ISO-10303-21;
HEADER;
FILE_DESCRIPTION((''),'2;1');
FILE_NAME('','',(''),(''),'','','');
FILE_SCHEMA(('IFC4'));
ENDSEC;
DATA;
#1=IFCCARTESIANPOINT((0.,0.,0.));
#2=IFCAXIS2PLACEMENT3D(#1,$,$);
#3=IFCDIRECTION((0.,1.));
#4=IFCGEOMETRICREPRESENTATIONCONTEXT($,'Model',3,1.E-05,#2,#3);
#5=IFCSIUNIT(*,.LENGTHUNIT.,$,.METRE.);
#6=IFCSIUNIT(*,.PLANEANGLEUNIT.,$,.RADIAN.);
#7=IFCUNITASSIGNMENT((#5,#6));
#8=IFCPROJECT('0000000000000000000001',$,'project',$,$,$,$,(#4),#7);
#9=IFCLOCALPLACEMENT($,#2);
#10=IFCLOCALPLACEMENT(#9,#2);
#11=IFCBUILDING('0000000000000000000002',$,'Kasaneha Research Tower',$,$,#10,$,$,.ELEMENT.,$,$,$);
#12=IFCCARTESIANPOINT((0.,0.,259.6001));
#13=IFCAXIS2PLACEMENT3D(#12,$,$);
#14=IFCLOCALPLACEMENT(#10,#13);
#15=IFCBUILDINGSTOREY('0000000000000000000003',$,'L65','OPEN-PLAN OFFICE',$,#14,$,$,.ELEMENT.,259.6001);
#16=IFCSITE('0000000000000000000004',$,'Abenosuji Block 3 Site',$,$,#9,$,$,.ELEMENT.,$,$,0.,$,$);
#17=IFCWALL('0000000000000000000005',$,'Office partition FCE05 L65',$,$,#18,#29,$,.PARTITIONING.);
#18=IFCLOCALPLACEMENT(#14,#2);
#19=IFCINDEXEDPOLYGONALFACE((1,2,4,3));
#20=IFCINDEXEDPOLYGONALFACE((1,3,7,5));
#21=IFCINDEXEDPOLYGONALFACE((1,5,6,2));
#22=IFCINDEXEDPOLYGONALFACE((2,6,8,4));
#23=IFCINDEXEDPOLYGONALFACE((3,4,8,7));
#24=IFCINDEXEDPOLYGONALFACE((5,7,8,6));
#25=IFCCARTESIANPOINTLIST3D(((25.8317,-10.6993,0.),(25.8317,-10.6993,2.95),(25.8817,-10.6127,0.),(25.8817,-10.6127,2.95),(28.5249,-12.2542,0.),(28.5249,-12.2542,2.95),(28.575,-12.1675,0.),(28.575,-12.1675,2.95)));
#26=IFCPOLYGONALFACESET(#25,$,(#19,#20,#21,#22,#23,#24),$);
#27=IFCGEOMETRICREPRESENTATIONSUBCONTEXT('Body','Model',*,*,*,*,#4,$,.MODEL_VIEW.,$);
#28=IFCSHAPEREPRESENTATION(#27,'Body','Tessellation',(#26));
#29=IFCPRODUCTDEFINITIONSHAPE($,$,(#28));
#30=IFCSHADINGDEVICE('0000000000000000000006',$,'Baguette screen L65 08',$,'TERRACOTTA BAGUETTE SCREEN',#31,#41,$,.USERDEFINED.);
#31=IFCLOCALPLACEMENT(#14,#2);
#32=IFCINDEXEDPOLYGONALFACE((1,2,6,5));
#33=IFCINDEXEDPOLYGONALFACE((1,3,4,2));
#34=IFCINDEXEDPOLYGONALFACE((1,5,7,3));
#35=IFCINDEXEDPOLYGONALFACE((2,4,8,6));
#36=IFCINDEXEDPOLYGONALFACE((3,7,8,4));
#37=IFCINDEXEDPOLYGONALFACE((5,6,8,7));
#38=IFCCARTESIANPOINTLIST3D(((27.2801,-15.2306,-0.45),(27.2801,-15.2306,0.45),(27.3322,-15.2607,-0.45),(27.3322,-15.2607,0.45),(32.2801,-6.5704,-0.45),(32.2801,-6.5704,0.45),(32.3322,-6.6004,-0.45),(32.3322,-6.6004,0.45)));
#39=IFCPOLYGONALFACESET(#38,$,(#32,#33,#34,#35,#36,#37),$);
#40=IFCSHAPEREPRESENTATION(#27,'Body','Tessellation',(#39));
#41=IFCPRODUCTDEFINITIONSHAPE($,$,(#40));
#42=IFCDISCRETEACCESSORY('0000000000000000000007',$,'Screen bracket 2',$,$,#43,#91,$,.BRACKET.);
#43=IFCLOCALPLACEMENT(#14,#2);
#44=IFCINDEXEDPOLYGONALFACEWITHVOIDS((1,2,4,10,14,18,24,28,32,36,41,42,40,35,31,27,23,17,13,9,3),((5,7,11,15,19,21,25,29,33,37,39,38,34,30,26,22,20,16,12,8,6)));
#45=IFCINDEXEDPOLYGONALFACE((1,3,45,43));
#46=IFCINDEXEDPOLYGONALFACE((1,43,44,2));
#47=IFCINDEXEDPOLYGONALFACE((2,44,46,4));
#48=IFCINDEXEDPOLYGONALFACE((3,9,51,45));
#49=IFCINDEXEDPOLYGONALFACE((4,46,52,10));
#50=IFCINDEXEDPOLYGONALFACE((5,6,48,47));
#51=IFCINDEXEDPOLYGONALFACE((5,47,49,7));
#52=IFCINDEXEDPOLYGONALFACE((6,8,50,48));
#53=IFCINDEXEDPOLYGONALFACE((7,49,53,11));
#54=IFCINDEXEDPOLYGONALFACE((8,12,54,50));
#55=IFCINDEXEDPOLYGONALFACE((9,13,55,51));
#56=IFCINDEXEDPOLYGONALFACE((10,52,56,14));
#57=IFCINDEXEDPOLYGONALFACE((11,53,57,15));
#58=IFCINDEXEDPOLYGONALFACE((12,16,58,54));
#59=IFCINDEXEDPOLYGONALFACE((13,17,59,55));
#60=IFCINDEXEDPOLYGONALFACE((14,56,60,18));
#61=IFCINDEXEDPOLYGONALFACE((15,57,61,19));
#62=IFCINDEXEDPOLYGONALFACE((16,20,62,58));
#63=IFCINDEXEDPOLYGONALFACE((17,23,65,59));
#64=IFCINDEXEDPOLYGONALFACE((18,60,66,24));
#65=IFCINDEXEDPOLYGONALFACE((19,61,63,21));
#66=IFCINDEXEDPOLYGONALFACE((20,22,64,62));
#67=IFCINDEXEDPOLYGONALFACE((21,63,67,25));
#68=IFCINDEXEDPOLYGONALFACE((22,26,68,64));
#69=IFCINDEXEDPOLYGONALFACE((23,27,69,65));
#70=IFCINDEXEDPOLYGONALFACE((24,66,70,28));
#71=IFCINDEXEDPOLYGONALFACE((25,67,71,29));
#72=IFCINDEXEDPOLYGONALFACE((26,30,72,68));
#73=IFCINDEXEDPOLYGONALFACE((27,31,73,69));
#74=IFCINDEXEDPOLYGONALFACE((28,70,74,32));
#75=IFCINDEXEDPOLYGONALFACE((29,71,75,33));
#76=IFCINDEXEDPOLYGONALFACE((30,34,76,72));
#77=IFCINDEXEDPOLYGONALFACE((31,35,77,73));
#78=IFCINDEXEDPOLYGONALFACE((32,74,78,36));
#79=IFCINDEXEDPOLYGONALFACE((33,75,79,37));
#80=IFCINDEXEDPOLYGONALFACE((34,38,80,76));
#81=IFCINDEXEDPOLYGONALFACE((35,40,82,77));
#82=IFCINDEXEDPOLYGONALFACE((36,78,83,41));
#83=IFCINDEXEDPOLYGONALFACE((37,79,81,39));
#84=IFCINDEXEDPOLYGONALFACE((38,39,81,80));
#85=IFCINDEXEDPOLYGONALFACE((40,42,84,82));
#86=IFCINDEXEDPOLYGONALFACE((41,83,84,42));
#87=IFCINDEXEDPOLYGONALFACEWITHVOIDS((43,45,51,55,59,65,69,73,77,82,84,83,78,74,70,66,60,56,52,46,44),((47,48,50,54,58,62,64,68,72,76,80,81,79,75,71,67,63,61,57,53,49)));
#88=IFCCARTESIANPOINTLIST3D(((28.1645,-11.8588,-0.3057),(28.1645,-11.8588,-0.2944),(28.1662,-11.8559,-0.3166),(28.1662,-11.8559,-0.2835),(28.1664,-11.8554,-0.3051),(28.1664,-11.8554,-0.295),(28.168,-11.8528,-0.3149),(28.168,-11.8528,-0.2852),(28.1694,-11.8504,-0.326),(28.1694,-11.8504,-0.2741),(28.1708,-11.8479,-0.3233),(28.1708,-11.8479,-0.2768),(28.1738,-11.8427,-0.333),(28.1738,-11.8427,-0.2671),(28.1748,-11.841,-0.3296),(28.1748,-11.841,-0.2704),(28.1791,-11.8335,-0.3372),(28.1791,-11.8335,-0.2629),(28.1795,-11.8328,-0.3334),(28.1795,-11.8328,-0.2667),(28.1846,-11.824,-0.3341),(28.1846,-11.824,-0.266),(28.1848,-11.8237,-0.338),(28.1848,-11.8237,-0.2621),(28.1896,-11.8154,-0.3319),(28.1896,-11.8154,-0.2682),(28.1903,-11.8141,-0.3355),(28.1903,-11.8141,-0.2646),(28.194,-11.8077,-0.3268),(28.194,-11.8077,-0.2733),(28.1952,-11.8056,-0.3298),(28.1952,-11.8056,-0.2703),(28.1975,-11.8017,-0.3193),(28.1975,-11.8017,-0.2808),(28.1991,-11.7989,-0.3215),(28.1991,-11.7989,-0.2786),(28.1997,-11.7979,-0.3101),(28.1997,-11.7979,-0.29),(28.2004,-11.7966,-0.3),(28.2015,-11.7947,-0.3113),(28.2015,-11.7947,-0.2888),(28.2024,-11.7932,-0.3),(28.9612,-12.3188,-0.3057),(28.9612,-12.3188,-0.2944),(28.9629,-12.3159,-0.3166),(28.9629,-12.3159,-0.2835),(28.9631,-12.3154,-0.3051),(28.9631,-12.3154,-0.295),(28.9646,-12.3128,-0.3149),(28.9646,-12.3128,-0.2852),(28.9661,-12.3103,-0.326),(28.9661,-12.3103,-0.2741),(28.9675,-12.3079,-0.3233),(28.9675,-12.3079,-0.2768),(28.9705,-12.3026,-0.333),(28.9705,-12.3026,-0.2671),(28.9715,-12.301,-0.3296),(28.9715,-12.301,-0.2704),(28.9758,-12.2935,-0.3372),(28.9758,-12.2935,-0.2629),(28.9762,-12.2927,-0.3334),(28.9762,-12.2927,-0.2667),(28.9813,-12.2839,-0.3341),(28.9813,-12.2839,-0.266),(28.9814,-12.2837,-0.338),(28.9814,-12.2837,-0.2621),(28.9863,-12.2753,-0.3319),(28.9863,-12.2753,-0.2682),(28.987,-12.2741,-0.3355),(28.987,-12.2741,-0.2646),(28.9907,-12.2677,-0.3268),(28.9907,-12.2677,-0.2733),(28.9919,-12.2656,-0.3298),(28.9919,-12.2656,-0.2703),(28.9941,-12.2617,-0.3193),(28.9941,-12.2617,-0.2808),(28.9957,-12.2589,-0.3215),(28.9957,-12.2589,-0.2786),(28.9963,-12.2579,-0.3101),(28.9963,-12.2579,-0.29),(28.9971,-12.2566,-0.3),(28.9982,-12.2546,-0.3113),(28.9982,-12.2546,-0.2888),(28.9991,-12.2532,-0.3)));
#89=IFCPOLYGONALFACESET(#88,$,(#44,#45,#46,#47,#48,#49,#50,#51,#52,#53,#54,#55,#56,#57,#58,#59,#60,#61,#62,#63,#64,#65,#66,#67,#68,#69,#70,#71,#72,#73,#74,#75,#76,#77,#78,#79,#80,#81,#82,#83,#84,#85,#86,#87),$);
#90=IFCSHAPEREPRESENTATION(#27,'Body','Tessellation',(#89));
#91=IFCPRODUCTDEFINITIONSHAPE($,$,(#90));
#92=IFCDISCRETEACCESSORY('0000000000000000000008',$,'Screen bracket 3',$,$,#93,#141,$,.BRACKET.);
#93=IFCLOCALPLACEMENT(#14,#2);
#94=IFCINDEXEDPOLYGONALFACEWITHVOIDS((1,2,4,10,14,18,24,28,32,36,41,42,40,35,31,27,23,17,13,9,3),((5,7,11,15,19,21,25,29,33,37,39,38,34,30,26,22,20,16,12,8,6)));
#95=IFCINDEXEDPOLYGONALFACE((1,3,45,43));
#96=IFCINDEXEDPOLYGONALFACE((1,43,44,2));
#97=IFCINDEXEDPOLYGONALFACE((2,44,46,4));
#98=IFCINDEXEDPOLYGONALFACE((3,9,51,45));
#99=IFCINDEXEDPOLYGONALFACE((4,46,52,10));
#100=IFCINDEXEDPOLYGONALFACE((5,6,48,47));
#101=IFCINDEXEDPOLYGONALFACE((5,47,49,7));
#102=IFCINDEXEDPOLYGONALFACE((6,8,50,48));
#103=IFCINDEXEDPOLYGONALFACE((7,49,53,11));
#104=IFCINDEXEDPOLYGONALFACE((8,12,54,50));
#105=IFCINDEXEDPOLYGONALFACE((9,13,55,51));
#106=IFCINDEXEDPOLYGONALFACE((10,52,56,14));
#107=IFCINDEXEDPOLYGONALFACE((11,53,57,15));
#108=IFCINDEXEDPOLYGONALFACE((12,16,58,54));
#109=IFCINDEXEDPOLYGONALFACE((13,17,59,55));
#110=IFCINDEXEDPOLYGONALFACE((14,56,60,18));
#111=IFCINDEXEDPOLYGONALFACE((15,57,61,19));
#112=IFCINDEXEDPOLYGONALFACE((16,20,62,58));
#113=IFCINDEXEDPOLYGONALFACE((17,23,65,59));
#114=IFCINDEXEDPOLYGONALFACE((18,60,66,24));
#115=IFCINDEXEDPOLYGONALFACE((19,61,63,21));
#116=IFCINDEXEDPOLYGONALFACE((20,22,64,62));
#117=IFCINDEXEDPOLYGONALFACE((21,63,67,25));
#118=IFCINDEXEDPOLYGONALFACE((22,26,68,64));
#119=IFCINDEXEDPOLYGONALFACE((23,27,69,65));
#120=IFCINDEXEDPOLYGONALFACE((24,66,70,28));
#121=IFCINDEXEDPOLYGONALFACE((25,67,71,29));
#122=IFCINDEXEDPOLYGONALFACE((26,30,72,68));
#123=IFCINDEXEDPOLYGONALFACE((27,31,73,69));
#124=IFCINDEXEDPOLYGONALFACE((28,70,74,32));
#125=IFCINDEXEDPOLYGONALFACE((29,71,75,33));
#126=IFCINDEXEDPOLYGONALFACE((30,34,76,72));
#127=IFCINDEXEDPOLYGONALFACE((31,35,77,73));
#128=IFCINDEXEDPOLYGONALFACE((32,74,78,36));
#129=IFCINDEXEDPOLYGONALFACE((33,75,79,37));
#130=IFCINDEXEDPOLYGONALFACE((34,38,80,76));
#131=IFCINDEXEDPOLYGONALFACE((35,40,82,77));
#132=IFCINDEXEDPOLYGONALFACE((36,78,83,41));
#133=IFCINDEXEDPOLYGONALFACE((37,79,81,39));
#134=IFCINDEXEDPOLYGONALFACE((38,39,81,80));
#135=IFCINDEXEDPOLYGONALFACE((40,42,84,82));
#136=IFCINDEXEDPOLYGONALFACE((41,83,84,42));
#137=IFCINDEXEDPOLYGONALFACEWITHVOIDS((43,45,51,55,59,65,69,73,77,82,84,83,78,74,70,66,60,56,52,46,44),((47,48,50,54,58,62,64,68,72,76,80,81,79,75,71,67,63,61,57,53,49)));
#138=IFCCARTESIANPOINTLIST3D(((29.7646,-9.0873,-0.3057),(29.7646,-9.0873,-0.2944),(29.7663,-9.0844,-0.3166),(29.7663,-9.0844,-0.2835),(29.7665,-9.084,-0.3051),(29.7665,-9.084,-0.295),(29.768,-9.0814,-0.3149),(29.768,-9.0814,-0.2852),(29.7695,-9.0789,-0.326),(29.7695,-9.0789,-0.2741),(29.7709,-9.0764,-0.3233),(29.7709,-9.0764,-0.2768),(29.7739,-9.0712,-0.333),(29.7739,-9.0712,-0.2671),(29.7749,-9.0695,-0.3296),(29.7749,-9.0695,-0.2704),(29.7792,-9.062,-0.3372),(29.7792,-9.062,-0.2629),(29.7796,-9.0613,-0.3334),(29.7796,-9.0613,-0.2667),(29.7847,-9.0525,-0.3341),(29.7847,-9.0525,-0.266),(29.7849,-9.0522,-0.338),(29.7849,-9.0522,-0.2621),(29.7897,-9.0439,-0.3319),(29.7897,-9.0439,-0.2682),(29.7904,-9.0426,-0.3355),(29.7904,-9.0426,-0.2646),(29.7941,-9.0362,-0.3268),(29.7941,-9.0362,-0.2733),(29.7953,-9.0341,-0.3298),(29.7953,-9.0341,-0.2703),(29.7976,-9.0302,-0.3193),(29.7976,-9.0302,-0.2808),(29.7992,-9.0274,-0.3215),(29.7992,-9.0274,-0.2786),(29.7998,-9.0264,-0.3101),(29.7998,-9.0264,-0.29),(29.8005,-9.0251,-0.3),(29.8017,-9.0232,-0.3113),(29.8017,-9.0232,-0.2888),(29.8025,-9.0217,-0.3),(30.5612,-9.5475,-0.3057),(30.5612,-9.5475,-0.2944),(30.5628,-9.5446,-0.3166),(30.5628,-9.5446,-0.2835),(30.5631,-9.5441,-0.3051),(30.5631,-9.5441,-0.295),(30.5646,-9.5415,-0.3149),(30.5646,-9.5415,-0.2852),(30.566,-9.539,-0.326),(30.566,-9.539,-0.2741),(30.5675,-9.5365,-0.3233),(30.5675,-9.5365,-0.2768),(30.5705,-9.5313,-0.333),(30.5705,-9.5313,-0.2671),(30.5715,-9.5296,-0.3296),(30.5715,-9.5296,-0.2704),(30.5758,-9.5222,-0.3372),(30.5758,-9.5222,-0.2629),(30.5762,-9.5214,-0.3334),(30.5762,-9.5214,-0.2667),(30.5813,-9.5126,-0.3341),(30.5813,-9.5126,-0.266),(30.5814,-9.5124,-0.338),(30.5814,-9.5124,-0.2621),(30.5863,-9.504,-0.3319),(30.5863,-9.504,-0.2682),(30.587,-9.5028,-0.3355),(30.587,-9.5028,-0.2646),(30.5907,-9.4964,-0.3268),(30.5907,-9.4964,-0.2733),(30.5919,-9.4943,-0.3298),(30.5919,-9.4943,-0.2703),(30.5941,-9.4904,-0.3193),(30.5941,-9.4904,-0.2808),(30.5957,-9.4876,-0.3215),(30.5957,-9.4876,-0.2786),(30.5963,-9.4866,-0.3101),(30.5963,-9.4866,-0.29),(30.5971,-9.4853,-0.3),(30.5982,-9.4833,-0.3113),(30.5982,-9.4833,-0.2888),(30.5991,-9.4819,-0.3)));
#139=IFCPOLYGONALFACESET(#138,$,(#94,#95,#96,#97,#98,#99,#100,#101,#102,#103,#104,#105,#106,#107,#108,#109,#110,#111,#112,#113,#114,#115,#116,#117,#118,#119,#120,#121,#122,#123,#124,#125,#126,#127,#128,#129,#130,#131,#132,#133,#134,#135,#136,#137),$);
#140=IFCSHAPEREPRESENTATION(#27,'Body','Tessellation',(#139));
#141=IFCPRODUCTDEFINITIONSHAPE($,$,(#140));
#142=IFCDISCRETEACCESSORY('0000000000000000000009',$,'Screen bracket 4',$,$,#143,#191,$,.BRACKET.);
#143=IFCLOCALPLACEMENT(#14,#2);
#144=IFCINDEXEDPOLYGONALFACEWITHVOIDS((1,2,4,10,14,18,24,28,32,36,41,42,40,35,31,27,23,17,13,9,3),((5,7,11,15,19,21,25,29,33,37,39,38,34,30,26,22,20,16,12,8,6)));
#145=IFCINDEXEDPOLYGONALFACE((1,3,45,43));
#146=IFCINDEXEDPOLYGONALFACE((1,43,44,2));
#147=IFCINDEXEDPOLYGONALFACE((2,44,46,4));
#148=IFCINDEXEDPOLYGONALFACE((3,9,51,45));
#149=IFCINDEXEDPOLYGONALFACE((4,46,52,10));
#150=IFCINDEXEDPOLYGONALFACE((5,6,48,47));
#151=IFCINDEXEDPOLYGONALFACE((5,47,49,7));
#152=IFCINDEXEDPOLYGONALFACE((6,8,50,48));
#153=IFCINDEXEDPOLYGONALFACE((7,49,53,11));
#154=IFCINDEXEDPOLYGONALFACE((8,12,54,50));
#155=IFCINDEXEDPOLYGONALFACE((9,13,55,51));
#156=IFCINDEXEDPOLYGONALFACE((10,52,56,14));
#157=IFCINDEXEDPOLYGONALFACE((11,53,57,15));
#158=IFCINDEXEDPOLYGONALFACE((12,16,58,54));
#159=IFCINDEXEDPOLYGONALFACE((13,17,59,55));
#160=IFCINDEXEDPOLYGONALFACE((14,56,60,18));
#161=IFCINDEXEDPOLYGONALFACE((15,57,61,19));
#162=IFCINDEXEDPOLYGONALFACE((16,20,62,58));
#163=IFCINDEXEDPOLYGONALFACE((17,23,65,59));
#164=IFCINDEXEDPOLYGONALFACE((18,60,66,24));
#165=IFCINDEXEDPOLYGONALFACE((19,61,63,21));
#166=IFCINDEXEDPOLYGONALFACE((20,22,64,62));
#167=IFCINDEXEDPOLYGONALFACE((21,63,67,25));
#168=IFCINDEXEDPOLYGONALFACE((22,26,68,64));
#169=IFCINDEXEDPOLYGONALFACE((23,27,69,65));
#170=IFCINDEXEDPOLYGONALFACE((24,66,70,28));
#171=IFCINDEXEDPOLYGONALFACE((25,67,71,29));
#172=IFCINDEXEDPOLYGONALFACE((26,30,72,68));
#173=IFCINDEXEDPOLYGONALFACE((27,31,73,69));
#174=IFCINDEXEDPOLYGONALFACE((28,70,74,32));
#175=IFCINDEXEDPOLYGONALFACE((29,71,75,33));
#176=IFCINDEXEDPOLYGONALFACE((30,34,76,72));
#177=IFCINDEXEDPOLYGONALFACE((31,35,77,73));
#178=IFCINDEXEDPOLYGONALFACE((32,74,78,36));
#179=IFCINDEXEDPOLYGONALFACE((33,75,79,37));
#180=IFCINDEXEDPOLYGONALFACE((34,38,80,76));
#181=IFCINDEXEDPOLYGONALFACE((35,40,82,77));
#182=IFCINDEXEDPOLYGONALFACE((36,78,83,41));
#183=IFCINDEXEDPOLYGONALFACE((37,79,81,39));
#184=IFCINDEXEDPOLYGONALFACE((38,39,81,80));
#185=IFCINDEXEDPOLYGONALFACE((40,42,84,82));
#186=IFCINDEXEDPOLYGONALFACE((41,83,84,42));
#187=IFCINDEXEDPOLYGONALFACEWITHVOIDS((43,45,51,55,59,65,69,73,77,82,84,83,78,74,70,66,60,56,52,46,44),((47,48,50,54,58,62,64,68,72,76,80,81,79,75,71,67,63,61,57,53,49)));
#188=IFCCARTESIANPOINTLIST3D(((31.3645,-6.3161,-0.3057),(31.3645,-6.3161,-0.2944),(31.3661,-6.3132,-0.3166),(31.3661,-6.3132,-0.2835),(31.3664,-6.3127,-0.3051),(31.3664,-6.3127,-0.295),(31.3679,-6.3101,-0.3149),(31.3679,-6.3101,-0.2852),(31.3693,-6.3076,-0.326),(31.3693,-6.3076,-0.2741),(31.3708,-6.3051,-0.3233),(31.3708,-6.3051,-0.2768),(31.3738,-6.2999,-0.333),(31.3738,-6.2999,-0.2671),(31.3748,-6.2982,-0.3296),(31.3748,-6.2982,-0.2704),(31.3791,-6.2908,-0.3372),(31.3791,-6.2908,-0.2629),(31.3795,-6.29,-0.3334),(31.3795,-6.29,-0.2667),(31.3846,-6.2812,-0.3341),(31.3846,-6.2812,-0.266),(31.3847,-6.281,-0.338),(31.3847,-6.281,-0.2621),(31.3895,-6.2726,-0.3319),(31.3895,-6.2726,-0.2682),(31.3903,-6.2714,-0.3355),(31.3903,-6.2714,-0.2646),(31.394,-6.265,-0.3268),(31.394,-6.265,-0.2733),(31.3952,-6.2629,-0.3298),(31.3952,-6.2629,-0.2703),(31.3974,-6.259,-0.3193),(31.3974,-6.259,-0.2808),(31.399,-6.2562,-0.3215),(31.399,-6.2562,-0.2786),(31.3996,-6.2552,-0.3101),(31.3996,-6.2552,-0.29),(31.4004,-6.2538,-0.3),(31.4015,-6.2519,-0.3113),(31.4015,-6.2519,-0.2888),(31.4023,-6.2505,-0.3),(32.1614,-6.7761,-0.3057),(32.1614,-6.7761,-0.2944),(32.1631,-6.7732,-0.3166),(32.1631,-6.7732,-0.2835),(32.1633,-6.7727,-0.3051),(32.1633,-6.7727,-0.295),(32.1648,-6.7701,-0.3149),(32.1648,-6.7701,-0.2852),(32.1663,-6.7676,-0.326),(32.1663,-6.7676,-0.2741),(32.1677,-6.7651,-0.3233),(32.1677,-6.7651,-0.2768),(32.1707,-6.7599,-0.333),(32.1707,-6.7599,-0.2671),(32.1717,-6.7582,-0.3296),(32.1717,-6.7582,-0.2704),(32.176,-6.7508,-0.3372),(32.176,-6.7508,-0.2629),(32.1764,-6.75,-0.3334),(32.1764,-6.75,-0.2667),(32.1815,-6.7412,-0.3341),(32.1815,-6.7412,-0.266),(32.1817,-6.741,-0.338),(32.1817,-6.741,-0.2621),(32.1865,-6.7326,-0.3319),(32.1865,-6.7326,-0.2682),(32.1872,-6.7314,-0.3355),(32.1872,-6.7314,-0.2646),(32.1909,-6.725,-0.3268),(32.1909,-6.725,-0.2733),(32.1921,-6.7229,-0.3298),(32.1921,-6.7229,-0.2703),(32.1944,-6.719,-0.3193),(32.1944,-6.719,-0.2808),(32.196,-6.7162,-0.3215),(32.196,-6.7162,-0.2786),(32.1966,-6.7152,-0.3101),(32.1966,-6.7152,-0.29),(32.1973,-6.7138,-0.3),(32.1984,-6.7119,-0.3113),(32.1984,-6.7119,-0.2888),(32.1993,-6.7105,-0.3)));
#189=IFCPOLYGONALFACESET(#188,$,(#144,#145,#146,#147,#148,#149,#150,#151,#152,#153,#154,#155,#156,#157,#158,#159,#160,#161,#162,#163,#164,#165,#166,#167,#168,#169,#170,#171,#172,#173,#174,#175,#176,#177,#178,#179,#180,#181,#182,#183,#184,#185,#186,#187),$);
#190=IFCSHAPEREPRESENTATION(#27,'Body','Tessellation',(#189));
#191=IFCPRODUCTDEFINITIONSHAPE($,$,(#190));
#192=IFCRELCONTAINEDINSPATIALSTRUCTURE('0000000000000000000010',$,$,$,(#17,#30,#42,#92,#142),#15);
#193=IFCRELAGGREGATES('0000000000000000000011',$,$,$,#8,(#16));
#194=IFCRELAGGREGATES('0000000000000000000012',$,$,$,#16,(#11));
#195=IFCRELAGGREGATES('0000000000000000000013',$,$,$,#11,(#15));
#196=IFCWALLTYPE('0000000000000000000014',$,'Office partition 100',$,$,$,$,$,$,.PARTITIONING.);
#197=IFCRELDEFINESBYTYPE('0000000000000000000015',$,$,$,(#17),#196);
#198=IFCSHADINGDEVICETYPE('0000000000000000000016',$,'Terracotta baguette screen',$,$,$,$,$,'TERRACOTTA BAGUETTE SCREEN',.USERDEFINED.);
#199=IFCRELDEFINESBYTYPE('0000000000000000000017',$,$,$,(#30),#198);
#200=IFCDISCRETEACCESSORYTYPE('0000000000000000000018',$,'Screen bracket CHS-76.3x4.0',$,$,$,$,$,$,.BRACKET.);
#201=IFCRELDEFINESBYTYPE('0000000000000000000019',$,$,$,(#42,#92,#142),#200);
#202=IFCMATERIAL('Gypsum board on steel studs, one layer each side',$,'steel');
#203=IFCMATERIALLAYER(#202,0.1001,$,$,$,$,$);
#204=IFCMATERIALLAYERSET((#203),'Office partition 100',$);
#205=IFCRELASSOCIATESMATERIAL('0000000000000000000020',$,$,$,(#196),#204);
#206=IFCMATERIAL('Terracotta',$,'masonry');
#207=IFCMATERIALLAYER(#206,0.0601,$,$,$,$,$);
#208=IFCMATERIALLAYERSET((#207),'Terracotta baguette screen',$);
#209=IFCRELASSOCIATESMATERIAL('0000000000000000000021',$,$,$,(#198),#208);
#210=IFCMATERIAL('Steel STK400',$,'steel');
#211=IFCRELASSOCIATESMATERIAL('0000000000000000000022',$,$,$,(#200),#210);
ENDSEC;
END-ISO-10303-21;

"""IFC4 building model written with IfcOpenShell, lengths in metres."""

from ifc_helpers import new_model, si_unit, direction, frame, frame_2d, origin, origin_2d, place, context, subcontext, project, spatial, rectangle, hollow_circle, extrude, material, layer, layer_set, material_profile, profile_set, type_object, element, save


model = new_model("IFC4")

# Units and contexts
model_context = context("Model", 3, precision=1e-05, world=origin(), true_north=direction((0.0, 1.0)))
body_context = subcontext(model_context, "Body", "Model", "MODEL_VIEW")
ifc_project = project(units=[si_unit("LENGTHUNIT", "METRE"), si_unit("PLANEANGLEUNIT", "RADIAN")], contexts=[model_context])

# Site, building, storey
site_placement = place(None, origin())
site = spatial("IfcSite", under=ifc_project, at=site_placement, Name="Abenosuji Block 3 Site", CompositionType="ELEMENT", RefElevation=0.0)
building_placement = place(site_placement, origin())
building = spatial("IfcBuilding", under=site, at=building_placement, Name="Kasaneha Research Tower", CompositionType="ELEMENT")
storey_placement = place(building_placement, frame((0.0, 0.0, 259.6001)))
storey = spatial("IfcBuildingStorey", under=building, at=storey_placement, Name="L65", Description="OPEN-PLAN OFFICE", CompositionType="ELEMENT", Elevation=259.6001)

# Shared definitions
ifc_material_1 = material(Name="Gypsum board on steel studs, one layer each side", Category="steel")
ifc_layer_1 = layer(ifc_material_1, 0.1001)
ifc_layer_set_1 = layer_set([ifc_layer_1], Name="Office partition 100")
wall_type = type_object("IfcWallType", Name="Office partition 100", PredefinedType="PARTITIONING", material=ifc_layer_set_1)

# Wall
wall_1_placement = place(storey_placement, frame((25.8567, -10.656, 0.0), z_axis=(0.0, 0.0, 1.0), x_axis=(0.866037, -0.499981, 0.0)))
element("IfcWall", 1, at=wall_1_placement, inside=storey, type_object=wall_type, Name="Office partition FCE05 L65", PredefinedType="PARTITIONING", context=body_context, shape_type="SweptSolid", body=[
    extrude(rectangle(XDim=3.1099, YDim=0.1001, at=frame_2d((1.5549, 0.0))), origin(), (0.0, 0.0, 1.0), 2.95),
])

# Shading device
ifc_material_2 = material(Name="Terracotta", Category="masonry")
ifc_layer_2 = layer(ifc_material_2, 0.0601)
ifc_layer_set_2 = layer_set([ifc_layer_2], Name="Terracotta baguette screen")
shading_device_type = type_object("IfcShadingDeviceType", Name="Terracotta baguette screen", ElementType="TERRACOTTA BAGUETTE SCREEN", PredefinedType="USERDEFINED", material=ifc_layer_set_2)
shading_device_placement = place(storey_placement, frame((29.8062, -10.9155, -0.45), z_axis=(0.0, 0.0, 1.0), x_axis=(0.5, 0.866025, 0.0)))
element("IfcShadingDevice", 2, at=shading_device_placement, inside=storey, type_object=shading_device_type, Name="Baguette screen L65 08", ObjectType="TERRACOTTA BAGUETTE SCREEN", PredefinedType="USERDEFINED", context=body_context, shape_type="SweptSolid", body=[
    extrude(rectangle(XDim=10.0, YDim=0.0601, at=origin_2d()), origin(), (0.0, 0.0, 1.0), 0.8999),
])

# Discrete accessories
ifc_material_3 = material(Name="Steel STK400", Category="steel")
ifc_material_profile_1 = material_profile(ifc_material_3, hollow_circle(Radius=0.0381, WallThickness=0.0039, at=origin_2d()), Name="CHS-76.3x4.0")
ifc_profile_set_1 = profile_set([ifc_material_profile_1], Name="Steel STK400")
discrete_accessory_type = type_object("IfcDiscreteAccessoryType", Name="Screen bracket CHS-76.3x4.0", PredefinedType="BRACKET", material=ifc_profile_set_1)
for number, where, z_axis, x_axis, name in (
    (3, (28.1833, -11.8262, -0.3), (0.866013, -0.500021, 0.0), (0.500021, 0.866013, 0.0), "Screen bracket 2"),
    (4, (29.7834, -9.0547, -0.3), (0.865898, -0.50022, 0.0), (0.50022, 0.865898, 0.0), "Screen bracket 3"),
):
    element("IfcDiscreteAccessory", number, at=place(storey_placement, frame(where, z_axis=z_axis, x_axis=x_axis)), inside=storey, type_object=discrete_accessory_type, Name=name, PredefinedType="BRACKET", context=body_context, shape_type="SweptSolid", body=[
        extrude(hollow_circle(Radius=0.0381, WallThickness=0.0039, at=origin_2d()), origin(), (0.0, 0.0, 1.0), 0.9199),
    ])
discrete_accessory_1_placement = place(storey_placement, frame((31.3833, -6.2834, -0.3), z_axis=(0.86608, -0.499906, 0.0), x_axis=(0.499906, 0.86608, 0.0)))
element("IfcDiscreteAccessory", 5, at=discrete_accessory_1_placement, inside=storey, type_object=discrete_accessory_type, Name="Screen bracket 4", PredefinedType="BRACKET", context=body_context, shape_type="SweptSolid", body=[
    extrude(hollow_circle(Radius=0.0381, WallThickness=0.0039, at=origin_2d()), origin(), (0.0, 0.0, 1.0), 0.9202),
])

save(model, "model.ifc")
